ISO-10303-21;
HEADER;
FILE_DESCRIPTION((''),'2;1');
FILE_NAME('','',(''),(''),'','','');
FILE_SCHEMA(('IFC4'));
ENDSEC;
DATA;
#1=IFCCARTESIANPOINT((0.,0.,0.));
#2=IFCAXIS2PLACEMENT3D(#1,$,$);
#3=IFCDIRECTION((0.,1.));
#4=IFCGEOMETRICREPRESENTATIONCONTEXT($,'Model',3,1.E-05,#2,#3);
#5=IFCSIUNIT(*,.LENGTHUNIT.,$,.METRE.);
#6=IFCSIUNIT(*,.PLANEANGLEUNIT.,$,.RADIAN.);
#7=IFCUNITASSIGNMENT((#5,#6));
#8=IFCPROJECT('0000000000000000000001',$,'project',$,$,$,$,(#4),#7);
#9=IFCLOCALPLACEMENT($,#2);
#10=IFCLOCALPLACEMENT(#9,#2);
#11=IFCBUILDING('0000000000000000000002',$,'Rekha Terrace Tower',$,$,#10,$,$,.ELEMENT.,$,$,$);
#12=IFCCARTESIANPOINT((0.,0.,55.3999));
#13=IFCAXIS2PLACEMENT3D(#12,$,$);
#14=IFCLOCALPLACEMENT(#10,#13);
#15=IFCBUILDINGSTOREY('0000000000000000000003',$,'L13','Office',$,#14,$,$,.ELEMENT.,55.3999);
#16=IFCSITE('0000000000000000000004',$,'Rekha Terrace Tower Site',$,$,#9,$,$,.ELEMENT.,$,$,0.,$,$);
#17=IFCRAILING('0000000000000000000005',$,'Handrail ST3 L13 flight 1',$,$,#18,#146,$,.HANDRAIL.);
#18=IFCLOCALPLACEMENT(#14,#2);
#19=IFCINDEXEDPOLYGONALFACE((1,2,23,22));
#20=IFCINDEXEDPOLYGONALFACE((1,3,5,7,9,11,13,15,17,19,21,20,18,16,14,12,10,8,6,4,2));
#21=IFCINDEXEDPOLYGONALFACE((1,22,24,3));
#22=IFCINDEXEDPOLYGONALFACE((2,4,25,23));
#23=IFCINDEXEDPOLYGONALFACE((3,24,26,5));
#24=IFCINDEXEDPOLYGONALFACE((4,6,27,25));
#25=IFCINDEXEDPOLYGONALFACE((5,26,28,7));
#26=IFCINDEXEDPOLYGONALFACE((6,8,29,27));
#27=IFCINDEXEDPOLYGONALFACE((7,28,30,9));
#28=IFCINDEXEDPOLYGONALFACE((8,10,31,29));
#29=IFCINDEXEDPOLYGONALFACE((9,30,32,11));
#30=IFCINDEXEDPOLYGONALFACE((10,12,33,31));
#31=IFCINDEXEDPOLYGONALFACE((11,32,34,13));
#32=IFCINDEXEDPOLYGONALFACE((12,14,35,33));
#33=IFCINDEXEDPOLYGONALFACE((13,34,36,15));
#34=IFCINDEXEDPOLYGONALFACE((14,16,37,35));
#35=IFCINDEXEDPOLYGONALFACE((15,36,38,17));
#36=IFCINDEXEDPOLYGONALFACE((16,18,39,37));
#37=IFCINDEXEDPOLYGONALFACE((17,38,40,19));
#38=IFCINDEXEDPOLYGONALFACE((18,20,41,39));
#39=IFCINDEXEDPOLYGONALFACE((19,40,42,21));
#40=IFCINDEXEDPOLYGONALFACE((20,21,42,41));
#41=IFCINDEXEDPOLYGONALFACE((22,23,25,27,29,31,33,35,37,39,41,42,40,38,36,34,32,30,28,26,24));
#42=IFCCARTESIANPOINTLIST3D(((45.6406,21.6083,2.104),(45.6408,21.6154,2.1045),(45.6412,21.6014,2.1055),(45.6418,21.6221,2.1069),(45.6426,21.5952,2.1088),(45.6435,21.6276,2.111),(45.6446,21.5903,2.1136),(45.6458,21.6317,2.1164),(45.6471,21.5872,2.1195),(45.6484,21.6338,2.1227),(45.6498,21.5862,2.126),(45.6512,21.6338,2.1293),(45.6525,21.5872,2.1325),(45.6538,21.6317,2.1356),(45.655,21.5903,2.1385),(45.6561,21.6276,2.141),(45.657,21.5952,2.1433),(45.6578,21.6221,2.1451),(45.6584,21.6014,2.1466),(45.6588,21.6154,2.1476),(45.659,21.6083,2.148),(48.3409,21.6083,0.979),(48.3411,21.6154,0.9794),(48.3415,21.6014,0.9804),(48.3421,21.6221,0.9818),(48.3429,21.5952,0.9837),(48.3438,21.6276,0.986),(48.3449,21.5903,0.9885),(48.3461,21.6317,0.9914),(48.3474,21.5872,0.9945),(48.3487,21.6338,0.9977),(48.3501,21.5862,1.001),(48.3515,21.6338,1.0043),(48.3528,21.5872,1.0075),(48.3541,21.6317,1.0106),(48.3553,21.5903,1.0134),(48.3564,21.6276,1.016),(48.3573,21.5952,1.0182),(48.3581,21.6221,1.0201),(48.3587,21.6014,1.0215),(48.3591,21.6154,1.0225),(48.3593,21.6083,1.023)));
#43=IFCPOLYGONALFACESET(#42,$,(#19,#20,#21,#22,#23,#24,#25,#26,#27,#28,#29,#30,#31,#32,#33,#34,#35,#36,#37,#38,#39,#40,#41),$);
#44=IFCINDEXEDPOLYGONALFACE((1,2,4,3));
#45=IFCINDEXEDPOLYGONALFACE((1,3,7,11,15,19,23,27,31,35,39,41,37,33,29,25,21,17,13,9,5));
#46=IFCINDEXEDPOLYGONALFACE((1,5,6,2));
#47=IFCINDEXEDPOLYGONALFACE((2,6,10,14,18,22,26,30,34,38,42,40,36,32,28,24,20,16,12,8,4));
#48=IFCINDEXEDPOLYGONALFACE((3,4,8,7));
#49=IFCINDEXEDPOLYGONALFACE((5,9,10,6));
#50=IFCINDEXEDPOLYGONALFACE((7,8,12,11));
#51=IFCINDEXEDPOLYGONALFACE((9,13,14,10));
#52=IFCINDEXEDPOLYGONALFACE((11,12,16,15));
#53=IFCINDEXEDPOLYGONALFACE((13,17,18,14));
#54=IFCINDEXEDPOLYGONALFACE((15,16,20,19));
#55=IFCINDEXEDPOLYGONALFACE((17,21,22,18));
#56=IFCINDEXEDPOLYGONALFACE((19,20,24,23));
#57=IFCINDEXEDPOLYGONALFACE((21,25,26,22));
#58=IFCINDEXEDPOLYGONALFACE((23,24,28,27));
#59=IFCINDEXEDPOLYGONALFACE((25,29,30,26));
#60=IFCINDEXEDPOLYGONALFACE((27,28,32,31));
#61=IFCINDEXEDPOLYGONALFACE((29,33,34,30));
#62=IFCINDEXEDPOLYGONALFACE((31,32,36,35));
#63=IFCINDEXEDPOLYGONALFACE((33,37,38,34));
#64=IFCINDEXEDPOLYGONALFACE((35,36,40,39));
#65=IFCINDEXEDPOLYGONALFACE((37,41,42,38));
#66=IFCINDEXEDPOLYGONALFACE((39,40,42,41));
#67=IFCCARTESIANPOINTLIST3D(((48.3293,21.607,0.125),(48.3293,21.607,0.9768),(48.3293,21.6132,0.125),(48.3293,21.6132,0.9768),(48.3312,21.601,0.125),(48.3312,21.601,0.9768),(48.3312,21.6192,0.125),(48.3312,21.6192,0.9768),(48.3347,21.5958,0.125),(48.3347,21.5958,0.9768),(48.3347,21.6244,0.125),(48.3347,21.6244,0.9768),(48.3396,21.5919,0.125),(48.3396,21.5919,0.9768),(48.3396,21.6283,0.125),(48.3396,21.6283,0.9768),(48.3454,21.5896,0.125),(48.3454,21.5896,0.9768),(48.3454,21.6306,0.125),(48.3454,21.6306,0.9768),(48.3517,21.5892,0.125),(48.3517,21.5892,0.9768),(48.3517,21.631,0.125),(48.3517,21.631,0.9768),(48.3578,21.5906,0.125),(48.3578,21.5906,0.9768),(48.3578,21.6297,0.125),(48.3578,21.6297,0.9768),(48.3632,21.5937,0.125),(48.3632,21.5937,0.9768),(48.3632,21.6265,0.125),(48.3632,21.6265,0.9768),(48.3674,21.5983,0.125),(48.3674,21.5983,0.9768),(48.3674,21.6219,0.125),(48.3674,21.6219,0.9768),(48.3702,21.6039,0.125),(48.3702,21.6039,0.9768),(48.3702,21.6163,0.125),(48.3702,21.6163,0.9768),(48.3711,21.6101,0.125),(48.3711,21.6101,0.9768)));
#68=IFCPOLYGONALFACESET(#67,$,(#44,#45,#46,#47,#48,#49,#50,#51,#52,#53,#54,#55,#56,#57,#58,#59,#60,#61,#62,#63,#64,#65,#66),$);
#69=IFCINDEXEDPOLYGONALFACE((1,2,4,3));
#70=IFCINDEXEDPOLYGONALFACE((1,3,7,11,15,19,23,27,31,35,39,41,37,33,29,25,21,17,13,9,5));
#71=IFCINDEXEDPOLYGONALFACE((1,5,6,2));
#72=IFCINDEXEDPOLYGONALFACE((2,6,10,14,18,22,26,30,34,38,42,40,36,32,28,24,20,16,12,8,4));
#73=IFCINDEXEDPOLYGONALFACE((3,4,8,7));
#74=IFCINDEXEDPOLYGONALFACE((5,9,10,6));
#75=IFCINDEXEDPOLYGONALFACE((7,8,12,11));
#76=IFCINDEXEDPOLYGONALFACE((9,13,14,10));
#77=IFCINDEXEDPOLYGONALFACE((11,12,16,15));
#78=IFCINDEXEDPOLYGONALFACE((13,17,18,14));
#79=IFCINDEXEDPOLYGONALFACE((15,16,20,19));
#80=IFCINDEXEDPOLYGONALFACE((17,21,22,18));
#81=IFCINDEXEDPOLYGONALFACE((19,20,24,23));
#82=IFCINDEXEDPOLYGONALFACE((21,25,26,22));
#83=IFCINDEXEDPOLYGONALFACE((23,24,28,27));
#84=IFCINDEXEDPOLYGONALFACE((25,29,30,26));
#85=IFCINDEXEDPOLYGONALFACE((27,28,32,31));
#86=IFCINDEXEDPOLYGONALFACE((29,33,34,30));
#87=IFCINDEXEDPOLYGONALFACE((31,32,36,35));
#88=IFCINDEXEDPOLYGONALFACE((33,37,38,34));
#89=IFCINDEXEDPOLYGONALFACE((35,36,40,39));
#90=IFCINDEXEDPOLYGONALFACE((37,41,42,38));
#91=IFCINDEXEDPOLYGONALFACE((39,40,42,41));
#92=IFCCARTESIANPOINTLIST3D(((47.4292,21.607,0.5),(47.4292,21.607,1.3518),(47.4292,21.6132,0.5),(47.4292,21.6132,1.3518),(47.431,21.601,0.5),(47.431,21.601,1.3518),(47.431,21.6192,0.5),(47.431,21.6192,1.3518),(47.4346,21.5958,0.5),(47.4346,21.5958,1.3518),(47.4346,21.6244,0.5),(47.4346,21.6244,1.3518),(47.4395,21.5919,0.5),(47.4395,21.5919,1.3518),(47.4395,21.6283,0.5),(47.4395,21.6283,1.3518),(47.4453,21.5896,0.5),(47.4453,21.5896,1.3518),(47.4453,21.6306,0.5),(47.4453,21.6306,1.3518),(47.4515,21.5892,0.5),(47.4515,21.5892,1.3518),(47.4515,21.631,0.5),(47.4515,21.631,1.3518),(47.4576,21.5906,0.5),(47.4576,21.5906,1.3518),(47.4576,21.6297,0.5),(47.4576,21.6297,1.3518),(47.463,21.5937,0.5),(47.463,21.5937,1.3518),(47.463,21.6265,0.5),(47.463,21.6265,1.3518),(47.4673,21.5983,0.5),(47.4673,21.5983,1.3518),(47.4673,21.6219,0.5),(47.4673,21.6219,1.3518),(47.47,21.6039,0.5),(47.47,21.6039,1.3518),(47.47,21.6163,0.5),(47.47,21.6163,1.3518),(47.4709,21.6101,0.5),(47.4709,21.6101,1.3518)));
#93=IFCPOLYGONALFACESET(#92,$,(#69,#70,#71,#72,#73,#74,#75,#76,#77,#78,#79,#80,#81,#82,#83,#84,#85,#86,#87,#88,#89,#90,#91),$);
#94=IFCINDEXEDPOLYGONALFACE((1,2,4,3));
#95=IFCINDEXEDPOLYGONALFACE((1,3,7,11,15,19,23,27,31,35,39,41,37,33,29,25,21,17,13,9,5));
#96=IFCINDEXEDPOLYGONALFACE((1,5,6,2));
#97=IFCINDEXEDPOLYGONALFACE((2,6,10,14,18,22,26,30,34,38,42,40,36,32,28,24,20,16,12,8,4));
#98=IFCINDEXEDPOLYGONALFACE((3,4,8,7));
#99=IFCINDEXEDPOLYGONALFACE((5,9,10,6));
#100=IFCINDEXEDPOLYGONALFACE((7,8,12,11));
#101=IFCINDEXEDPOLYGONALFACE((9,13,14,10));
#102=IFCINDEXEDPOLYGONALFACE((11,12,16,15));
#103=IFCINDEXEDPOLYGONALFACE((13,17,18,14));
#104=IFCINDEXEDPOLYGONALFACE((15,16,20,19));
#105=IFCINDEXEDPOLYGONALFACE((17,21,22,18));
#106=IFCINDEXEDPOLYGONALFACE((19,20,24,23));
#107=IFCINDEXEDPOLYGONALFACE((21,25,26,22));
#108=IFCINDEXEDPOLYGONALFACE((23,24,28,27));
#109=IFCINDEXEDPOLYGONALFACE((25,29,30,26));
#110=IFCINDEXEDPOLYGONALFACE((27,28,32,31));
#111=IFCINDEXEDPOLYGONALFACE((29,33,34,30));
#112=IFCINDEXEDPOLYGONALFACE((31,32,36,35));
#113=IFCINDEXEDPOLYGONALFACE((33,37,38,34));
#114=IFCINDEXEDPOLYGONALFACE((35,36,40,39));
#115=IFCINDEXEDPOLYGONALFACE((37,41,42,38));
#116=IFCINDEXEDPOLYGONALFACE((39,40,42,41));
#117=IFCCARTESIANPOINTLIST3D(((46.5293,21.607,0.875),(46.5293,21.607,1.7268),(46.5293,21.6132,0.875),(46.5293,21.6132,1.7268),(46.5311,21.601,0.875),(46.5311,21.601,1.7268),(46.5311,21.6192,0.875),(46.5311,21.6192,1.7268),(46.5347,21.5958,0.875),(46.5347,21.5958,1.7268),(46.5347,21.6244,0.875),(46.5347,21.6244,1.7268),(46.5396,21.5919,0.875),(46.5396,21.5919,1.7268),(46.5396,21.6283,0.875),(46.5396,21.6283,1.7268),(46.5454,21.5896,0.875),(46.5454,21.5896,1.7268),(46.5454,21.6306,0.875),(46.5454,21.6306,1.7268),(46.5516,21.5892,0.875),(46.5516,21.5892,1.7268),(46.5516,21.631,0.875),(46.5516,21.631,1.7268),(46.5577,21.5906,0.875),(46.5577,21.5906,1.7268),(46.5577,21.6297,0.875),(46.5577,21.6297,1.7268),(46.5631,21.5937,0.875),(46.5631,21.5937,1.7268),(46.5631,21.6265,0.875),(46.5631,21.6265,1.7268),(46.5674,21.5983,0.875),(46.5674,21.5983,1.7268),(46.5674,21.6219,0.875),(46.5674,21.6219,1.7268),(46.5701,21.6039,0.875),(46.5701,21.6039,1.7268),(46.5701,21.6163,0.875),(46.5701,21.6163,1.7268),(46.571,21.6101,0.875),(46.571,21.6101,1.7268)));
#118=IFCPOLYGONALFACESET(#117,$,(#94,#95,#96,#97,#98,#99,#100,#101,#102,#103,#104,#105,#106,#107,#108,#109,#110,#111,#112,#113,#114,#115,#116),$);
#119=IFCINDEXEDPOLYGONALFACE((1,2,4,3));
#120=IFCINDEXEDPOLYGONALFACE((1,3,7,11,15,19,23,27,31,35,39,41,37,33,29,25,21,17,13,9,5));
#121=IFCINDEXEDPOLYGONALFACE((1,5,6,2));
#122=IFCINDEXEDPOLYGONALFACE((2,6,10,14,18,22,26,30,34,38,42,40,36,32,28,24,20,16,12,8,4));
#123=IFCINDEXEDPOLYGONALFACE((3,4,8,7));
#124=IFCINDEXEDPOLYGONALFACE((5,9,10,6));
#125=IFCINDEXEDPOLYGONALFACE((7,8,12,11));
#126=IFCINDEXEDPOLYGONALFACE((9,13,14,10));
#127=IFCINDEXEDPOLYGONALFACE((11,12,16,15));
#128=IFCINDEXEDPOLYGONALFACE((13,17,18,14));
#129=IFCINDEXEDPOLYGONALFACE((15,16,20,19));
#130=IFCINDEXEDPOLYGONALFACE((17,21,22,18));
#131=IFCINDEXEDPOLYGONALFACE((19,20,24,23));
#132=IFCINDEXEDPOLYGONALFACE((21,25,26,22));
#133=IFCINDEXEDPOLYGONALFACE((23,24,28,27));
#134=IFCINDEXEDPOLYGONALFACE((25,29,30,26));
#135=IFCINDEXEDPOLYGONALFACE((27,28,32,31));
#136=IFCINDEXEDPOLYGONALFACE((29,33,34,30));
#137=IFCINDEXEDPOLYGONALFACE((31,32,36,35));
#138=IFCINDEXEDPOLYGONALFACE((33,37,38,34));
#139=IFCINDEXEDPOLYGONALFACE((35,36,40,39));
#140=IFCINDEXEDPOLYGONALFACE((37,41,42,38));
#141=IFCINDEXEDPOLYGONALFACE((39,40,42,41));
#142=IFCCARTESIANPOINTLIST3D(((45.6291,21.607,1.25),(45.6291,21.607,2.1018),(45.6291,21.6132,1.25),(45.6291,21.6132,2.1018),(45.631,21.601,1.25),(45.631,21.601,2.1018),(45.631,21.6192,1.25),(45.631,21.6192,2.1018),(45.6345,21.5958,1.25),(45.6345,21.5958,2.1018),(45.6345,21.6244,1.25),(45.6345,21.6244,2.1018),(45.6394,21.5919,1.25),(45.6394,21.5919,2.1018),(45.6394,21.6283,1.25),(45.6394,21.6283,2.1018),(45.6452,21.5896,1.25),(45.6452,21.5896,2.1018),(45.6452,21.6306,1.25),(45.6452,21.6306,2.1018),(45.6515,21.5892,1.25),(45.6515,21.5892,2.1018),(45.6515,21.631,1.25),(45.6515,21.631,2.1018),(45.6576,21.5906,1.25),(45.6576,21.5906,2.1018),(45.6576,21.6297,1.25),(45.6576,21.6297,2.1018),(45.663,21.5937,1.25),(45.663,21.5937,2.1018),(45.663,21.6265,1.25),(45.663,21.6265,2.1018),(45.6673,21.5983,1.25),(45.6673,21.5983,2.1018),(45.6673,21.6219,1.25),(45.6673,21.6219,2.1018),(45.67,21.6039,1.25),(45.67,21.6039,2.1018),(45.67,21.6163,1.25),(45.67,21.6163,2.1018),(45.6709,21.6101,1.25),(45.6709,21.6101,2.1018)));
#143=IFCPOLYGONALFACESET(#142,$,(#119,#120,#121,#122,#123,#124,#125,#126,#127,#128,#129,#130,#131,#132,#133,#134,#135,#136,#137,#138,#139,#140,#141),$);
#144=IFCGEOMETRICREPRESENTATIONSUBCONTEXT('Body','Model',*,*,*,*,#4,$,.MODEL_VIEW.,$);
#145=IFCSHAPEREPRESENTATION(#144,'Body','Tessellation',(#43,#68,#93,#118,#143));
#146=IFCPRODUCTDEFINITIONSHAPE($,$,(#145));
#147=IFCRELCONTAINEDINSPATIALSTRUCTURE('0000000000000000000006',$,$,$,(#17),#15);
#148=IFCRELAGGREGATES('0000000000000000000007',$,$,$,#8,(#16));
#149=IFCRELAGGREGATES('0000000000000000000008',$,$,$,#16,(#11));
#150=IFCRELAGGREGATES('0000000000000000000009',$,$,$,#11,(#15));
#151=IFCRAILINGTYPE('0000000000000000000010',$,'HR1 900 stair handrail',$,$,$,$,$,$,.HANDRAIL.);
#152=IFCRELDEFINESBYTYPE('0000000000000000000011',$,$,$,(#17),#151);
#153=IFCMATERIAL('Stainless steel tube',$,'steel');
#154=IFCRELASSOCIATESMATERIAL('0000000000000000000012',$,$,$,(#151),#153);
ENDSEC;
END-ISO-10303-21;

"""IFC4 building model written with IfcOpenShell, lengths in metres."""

from ifc_helpers import new_model, si_unit, direction, frame, origin, origin_2d, place, context, subcontext, project, spatial, circle, extrude, material, type_object, element, save


model = new_model("IFC4")

# Units and contexts
model_context = context("Model", 3, precision=1e-05, world=origin(), true_north=direction((0.0, 1.0)))
body_context = subcontext(model_context, "Body", "Model", "MODEL_VIEW")
ifc_project = project(units=[si_unit("LENGTHUNIT", "METRE"), si_unit("PLANEANGLEUNIT", "RADIAN")], contexts=[model_context])

# Site, building, storey
site_placement = place(None, origin())
site = spatial("IfcSite", under=ifc_project, at=site_placement, Name="Rekha Terrace Tower Site", CompositionType="ELEMENT", RefElevation=0.0)
building_placement = place(site_placement, origin())
building = spatial("IfcBuilding", under=site, at=building_placement, Name="Rekha Terrace Tower", CompositionType="ELEMENT")
storey_placement = place(building_placement, frame((0.0, 0.0, 55.3999)))
storey = spatial("IfcBuildingStorey", under=building, at=storey_placement, Name="L13", Description="Office", CompositionType="ELEMENT", Elevation=55.3999)

# Railing
ifc_material_1 = material(Name="Stainless steel tube", Category="steel")
railing_type_1 = type_object("IfcRailingType", Name="HR1 900 stair handrail", PredefinedType="HANDRAIL", material=ifc_material_1)
railing_1_placement = place(storey_placement, frame((48.3501, 21.6101, 0.125)))
element("IfcRailing", 1, at=railing_1_placement, inside=storey, type_object=railing_type_1, Name="Handrail ST3 L13 flight 1", PredefinedType="HANDRAIL", context=body_context, shape_type="SweptSolid", body=[
    extrude(circle(Radius=0.0239, at=origin_2d()), frame((0.0, 0.0, 0.876), z_axis=(-0.923087, 0.0, 0.384592), x_axis=(0.0, -1.0, 0.0)), (0.0, 0.0, 1.0), 2.9253),
    extrude(circle(Radius=0.021, at=origin_2d()), origin(), (0.0, 0.0, 1.0), 0.8518),
    extrude(circle(Radius=0.021, at=origin_2d()), frame((-0.9001, 0.0, 0.375)), (0.0, 0.0, 1.0), 0.8518),
    extrude(circle(Radius=0.021, at=origin_2d()), frame((-1.8, 0.0, 0.75)), (0.0, 0.0, 1.0), 0.8518),
    extrude(circle(Radius=0.021, at=origin_2d()), frame((-2.7002, 0.0, 1.125)), (0.0, 0.0, 1.0), 0.8518),
])

save(model, "model.ifc")
